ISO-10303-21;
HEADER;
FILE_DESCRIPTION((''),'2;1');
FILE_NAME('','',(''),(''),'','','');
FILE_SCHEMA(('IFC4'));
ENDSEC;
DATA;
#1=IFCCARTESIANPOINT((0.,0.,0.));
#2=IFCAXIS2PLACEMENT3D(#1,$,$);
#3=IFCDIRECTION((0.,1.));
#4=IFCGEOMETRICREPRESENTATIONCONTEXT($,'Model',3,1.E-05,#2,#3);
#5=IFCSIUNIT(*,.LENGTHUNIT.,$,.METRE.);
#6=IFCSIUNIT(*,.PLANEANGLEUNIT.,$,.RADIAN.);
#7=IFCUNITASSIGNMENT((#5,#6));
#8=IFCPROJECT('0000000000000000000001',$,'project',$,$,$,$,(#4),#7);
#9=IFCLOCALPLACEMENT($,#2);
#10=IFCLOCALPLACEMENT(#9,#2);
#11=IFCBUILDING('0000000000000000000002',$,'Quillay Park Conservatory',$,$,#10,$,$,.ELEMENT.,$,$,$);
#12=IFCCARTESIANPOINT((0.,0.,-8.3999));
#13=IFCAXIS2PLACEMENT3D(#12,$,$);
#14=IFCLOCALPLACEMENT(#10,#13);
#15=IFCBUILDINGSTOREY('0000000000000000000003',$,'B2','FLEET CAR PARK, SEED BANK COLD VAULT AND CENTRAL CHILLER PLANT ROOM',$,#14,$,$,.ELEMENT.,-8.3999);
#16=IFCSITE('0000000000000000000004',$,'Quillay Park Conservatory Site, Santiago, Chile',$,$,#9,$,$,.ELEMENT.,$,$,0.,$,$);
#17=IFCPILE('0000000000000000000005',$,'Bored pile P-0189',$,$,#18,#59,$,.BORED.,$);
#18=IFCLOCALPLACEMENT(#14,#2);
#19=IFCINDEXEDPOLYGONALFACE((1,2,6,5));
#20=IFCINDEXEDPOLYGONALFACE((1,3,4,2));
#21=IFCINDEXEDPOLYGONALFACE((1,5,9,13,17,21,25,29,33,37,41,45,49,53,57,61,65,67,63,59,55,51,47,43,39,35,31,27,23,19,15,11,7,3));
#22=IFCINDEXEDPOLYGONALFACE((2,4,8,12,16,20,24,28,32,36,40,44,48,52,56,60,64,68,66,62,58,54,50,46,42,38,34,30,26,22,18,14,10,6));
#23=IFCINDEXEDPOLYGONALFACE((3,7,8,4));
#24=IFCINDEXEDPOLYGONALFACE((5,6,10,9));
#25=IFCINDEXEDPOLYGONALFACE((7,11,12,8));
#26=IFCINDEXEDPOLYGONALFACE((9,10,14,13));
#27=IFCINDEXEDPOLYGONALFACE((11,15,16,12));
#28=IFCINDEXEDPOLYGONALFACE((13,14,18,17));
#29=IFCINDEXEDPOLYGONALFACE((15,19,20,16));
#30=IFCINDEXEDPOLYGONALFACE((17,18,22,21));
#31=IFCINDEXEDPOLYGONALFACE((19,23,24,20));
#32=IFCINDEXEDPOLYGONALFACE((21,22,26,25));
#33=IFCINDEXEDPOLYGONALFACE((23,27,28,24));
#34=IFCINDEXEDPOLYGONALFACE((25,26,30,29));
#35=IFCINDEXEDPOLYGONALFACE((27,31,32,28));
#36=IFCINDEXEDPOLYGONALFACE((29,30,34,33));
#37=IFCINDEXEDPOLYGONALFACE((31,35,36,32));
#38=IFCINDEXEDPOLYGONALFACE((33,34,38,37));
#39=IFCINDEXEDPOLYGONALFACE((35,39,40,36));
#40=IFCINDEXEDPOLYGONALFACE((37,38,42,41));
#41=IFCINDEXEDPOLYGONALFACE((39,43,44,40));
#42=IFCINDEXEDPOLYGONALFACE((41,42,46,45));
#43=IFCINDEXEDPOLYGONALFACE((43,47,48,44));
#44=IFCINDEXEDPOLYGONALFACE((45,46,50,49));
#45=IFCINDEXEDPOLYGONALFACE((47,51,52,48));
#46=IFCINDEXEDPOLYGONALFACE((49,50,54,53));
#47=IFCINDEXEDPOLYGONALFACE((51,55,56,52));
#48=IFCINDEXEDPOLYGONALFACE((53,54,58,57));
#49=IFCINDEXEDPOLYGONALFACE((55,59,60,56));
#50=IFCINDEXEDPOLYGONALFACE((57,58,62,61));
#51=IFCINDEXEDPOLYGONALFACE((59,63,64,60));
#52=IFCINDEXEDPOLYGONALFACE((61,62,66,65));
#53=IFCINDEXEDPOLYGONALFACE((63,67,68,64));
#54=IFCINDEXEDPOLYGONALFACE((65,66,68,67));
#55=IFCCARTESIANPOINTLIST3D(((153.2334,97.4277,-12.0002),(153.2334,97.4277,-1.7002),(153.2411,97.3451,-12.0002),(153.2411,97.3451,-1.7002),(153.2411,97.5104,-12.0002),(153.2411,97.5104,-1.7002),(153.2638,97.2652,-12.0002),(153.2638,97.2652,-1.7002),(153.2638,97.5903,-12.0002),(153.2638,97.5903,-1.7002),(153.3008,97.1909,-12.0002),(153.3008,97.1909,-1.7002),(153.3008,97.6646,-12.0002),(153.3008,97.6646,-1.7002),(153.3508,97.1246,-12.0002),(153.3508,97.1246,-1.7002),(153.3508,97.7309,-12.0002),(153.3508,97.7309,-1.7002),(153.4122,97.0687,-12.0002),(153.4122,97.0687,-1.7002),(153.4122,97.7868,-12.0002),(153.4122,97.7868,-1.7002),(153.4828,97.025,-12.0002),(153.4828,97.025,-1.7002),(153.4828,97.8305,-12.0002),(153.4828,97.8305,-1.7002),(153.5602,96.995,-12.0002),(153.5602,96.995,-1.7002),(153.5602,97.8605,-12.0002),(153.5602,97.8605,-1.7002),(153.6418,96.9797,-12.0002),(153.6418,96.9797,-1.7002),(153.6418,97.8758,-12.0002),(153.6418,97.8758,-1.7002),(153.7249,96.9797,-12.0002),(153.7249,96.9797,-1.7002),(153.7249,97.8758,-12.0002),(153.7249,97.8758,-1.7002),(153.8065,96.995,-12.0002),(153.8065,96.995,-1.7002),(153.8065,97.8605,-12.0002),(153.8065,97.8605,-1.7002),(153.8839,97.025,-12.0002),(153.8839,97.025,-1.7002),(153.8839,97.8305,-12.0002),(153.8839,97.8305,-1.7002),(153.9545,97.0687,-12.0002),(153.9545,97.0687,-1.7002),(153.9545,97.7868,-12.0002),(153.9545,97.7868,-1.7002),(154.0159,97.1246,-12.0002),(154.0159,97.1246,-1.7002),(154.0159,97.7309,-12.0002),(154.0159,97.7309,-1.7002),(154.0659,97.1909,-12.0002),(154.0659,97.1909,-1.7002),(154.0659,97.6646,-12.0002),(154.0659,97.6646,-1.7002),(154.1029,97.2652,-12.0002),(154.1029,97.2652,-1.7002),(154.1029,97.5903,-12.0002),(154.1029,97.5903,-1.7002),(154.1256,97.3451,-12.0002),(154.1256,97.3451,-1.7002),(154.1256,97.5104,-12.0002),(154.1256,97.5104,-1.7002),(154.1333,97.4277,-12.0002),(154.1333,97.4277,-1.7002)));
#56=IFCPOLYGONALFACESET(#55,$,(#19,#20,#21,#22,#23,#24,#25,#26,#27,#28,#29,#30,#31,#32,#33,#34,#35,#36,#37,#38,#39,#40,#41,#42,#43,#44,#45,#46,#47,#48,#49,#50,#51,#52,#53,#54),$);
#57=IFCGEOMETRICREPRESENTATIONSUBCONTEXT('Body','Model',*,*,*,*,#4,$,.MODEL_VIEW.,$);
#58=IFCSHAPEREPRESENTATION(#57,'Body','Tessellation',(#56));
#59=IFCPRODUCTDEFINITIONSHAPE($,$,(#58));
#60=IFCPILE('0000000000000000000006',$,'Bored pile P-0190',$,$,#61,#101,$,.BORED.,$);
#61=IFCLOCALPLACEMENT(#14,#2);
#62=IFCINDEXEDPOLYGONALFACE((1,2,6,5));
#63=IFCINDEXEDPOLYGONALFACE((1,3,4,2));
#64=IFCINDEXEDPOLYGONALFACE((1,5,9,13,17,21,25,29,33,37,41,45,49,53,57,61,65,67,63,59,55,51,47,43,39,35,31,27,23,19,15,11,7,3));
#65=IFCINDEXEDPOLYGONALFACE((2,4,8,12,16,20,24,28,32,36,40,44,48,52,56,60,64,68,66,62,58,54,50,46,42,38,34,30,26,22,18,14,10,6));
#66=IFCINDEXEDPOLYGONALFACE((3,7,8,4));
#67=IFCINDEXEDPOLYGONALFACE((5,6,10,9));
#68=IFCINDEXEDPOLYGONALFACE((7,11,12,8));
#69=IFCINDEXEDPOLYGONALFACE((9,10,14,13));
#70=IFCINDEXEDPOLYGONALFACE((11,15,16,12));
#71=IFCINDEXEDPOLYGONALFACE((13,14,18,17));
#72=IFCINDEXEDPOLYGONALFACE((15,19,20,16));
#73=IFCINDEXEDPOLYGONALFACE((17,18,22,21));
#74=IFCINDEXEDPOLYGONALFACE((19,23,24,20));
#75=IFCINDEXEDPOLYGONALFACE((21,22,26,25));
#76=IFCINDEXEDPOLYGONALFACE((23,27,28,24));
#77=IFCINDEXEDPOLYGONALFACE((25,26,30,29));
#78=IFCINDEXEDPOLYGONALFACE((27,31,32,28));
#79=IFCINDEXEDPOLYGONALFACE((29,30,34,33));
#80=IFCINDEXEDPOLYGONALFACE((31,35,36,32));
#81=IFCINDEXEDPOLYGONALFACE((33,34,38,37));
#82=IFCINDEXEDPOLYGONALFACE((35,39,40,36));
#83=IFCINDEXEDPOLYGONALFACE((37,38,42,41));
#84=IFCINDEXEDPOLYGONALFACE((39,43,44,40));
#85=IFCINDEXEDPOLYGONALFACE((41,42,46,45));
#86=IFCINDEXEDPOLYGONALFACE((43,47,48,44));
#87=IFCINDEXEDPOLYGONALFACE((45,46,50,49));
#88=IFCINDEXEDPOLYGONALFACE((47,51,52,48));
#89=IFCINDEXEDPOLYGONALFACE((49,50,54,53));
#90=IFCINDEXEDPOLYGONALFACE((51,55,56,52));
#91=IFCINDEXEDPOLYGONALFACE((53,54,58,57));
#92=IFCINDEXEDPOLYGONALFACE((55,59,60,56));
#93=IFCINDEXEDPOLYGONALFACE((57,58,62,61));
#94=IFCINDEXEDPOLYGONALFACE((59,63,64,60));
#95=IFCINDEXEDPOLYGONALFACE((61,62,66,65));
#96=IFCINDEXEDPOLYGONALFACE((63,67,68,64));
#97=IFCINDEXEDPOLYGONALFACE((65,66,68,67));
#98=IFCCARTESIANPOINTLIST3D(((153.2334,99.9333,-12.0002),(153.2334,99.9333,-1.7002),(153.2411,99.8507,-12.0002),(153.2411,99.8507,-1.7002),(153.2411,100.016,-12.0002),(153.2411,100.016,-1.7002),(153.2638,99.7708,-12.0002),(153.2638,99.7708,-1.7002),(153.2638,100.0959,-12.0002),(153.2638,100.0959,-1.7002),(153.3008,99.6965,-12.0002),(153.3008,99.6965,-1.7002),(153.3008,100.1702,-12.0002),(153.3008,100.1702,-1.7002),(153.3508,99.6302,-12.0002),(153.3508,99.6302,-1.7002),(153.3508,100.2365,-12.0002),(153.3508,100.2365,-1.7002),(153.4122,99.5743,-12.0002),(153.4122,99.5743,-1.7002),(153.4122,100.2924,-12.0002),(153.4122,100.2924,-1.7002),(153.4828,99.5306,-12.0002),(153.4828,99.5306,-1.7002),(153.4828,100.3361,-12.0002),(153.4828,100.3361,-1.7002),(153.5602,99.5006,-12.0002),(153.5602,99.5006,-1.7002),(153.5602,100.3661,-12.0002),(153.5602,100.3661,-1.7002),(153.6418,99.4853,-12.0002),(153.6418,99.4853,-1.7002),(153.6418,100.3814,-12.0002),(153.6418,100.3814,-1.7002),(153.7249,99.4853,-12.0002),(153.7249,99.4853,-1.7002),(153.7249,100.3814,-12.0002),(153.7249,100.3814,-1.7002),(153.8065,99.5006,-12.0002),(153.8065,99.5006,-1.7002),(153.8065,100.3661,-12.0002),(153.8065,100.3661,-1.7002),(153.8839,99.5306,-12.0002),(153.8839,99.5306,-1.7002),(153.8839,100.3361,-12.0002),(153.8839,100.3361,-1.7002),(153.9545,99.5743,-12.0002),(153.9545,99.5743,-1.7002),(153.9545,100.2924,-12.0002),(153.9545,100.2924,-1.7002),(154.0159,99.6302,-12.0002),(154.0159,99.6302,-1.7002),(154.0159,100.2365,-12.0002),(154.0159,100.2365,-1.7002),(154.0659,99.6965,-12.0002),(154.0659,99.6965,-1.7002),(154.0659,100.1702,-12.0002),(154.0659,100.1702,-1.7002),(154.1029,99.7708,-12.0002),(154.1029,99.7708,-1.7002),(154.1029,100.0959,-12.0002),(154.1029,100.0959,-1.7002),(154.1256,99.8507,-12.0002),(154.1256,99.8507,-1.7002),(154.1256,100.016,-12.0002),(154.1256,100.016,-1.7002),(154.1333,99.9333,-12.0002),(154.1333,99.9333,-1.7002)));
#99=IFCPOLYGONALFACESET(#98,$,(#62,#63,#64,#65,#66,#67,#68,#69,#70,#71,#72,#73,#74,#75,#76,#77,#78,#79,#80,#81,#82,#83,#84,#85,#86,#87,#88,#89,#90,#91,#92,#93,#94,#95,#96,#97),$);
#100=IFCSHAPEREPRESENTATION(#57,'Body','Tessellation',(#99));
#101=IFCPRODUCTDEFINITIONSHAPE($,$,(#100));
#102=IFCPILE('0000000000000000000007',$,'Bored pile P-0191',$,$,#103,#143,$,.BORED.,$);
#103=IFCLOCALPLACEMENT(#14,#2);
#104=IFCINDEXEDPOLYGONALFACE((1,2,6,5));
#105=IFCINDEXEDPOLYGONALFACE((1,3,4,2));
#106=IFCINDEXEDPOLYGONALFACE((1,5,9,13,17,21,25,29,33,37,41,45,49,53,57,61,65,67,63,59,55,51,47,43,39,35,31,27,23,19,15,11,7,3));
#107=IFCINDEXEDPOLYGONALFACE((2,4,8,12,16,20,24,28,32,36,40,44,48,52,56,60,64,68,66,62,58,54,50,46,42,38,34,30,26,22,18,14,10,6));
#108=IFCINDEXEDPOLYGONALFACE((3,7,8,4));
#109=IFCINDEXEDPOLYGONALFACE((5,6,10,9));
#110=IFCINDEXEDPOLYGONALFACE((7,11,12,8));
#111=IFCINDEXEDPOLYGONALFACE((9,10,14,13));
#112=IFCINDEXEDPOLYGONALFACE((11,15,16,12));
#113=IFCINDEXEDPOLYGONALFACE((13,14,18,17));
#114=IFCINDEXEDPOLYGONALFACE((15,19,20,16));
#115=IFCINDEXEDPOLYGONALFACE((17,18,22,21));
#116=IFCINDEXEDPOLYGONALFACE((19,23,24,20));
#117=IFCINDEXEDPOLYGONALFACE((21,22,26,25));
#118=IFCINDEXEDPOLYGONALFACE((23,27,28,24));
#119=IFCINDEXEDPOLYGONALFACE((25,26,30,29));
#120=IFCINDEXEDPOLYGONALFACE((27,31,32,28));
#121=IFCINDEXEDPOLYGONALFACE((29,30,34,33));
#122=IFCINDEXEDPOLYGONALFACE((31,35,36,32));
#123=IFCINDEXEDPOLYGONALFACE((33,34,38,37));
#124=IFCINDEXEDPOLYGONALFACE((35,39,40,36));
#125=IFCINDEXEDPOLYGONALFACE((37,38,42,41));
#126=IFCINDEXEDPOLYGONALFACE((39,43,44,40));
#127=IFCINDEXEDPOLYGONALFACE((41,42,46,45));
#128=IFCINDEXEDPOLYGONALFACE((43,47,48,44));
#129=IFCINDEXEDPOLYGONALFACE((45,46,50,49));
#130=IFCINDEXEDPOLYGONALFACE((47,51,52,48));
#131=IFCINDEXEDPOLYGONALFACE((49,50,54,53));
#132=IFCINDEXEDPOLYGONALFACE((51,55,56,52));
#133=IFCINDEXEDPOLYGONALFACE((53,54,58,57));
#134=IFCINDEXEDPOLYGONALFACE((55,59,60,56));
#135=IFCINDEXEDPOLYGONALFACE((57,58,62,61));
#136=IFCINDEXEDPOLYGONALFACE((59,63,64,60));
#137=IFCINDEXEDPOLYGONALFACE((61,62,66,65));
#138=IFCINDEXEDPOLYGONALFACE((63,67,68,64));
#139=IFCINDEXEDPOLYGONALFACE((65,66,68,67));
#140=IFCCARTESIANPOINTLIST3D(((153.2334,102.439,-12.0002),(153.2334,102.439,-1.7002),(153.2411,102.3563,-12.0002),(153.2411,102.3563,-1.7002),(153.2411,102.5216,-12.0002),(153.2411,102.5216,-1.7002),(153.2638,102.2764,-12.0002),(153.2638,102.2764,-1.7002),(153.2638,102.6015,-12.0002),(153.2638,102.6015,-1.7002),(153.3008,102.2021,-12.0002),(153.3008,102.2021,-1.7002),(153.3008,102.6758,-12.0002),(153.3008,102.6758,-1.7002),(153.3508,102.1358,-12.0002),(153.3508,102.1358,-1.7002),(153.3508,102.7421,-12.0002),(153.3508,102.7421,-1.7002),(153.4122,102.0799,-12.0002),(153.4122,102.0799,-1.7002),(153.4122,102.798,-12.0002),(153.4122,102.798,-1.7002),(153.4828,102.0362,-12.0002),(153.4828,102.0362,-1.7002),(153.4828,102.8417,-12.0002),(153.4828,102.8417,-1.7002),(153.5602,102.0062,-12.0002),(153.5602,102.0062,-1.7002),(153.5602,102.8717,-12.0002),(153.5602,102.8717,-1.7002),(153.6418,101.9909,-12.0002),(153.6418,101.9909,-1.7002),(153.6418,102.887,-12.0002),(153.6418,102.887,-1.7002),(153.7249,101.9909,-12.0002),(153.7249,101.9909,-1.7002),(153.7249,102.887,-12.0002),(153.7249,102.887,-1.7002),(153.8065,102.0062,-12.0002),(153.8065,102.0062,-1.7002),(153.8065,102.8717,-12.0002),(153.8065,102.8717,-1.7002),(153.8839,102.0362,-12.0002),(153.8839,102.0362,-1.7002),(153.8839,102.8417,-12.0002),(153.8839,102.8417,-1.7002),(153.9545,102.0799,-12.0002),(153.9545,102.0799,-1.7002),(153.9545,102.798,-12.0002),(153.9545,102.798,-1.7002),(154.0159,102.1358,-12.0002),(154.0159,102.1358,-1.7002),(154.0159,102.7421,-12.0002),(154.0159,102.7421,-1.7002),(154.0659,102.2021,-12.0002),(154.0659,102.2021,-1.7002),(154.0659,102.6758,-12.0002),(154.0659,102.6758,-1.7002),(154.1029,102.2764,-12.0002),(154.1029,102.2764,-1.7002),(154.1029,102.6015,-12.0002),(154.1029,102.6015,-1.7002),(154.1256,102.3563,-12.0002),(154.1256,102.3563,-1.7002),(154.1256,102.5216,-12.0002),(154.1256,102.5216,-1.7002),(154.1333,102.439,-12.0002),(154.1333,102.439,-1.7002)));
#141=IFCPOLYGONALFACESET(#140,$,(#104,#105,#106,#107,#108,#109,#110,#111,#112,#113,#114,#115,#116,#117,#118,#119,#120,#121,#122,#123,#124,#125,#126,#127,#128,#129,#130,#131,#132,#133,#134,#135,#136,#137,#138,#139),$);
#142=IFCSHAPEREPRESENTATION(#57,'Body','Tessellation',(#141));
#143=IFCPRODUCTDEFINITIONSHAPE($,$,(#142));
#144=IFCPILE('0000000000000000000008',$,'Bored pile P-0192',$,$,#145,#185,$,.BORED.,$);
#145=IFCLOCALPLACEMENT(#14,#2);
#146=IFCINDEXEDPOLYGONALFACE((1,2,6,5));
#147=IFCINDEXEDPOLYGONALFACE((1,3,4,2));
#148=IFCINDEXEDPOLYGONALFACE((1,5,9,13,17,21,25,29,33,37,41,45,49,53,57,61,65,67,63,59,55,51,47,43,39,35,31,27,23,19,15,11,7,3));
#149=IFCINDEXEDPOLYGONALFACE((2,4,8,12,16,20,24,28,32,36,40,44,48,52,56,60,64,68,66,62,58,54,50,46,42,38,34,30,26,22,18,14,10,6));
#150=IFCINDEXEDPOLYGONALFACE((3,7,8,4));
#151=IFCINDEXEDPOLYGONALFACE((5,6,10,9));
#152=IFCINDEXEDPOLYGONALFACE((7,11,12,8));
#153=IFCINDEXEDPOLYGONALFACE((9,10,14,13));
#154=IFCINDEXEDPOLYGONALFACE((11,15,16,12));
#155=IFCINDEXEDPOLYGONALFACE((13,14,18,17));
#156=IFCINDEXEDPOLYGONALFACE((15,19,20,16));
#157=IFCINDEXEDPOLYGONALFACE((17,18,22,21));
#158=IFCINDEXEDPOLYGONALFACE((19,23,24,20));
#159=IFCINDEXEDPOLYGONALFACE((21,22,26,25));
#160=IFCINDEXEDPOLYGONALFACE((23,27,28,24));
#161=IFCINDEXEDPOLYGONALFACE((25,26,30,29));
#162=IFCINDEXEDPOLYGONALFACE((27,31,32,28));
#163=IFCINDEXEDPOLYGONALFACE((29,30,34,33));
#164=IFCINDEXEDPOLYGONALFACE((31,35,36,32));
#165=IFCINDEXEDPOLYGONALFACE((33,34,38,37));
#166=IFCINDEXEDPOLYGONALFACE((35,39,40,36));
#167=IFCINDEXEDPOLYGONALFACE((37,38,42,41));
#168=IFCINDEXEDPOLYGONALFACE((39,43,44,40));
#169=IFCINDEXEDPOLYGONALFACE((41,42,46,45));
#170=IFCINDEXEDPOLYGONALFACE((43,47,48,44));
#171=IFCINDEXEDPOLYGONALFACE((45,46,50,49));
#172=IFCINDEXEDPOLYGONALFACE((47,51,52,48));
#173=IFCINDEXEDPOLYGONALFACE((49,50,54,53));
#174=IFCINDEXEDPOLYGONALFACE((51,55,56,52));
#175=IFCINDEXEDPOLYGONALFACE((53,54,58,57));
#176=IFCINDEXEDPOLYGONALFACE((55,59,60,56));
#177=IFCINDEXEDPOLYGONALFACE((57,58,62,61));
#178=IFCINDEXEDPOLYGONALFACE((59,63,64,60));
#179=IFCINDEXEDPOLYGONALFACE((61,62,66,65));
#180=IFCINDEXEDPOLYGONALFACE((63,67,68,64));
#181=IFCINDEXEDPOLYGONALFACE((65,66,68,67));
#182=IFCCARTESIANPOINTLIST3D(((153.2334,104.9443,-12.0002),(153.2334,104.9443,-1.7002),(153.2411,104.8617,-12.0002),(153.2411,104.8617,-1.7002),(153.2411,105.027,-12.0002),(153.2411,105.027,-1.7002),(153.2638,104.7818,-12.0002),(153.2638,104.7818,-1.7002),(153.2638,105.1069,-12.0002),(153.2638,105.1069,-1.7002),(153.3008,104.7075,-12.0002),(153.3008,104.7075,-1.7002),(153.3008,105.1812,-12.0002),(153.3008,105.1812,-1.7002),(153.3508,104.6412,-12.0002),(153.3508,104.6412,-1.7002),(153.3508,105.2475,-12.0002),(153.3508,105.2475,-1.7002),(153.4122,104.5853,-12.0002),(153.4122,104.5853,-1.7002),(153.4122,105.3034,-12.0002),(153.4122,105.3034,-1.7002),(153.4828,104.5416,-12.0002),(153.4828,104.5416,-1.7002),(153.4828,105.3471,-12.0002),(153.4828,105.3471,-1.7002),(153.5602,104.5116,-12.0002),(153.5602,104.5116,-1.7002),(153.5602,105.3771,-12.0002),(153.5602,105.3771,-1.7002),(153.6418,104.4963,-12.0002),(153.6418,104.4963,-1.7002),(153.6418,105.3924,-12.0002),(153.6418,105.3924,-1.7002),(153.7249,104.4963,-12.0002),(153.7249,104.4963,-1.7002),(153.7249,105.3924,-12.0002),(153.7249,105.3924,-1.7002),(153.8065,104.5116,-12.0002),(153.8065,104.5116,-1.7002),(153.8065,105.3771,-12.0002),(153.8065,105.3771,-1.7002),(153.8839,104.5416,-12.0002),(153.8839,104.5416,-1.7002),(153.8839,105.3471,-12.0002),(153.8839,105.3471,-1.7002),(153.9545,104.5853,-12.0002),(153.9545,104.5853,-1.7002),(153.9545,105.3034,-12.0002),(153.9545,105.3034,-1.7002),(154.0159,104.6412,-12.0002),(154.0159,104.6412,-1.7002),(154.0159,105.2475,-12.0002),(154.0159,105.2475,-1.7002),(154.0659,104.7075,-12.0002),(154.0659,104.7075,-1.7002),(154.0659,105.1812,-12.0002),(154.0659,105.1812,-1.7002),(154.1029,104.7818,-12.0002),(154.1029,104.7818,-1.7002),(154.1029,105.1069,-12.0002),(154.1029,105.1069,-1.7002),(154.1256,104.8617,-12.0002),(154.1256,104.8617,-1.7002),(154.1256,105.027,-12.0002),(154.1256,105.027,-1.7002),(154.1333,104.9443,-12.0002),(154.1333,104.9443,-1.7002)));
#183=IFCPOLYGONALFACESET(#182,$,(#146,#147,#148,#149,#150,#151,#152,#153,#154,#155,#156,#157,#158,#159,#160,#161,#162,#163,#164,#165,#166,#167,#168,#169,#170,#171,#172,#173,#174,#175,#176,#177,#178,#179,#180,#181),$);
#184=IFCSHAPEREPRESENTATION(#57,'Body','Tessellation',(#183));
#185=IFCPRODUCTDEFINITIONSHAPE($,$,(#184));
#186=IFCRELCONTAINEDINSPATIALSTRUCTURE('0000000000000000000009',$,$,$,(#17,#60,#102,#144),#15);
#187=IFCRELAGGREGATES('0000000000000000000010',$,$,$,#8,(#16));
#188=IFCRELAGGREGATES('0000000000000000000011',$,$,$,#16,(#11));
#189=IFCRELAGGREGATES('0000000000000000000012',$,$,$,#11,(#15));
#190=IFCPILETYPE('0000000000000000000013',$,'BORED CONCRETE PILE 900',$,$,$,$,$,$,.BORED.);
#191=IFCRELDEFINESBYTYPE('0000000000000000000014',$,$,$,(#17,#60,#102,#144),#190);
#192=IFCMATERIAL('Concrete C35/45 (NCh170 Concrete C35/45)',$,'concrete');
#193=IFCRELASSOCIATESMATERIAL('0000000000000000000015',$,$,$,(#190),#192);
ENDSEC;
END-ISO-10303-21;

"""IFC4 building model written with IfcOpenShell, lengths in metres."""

from ifc_helpers import new_model, si_unit, direction, frame, origin, origin_2d, place, context, subcontext, project, spatial, circle, extrude, material, material_profile, profile_set, type_object, element, save


model = new_model("IFC4")

# Units and contexts
model_context = context("Model", 3, precision=1e-05, world=origin(), true_north=direction((0.0, 1.0)))
body_context = subcontext(model_context, "Body", "Model", "MODEL_VIEW")
ifc_project = project(units=[si_unit("LENGTHUNIT", "METRE"), si_unit("PLANEANGLEUNIT", "RADIAN")], contexts=[model_context])

# Site, building, storey
site_placement = place(None, origin())
site = spatial("IfcSite", under=ifc_project, at=site_placement, Name="Quillay Park Conservatory Site, Santiago, Chile", CompositionType="ELEMENT", RefElevation=0.0)
building_placement = place(site_placement, origin())
building = spatial("IfcBuilding", under=site, at=building_placement, Name="Quillay Park Conservatory", CompositionType="ELEMENT")
storey_placement = place(building_placement, frame((0.0, 0.0, -8.3999)))
storey = spatial("IfcBuildingStorey", under=building, at=storey_placement, Name="B2", Description="FLEET CAR PARK, SEED BANK COLD VAULT AND CENTRAL CHILLER PLANT ROOM", CompositionType="ELEMENT", Elevation=-8.3999)

# Piles
ifc_material_1 = material(Name="Concrete C35/45 (NCh170 Concrete C35/45)", Category="concrete")
ifc_material_profile_1 = material_profile(ifc_material_1, circle(Radius=0.45, at=origin_2d()), Name="PILE900")
ifc_profile_set_1 = profile_set([ifc_material_profile_1], Name="Concrete C35/45 (NCh170 Concrete C35/45)")
pile_type = type_object("IfcPileType", Name="BORED CONCRETE PILE 900", PredefinedType="BORED", material=ifc_profile_set_1)
for number, where, z_axis, x_axis, name in (
    (1, (153.6833, 97.4277, -1.7002), (0.0, 0.0, -1.0), (1.0, 0.0, 0.0), "Bored pile P-0189"),
    (2, (153.6833, 99.9333, -1.7002), (0.0, 0.0, -1.0), (1.0, 0.0, 0.0), "Bored pile P-0190"),
    (3, (153.6833, 102.439, -1.7002), (0.0, 0.0, -1.0), (1.0, 0.0, 0.0), "Bored pile P-0191"),
    (4, (153.6833, 104.9443, -1.7002), (0.0, 0.0, -1.0), (1.0, 0.0, 0.0), "Bored pile P-0192"),
):
    element("IfcPile", number, at=place(storey_placement, frame(where, z_axis=z_axis, x_axis=x_axis)), inside=storey, type_object=pile_type, Name=name, PredefinedType="BORED", context=body_context, shape_type="SweptSolid", body=[
        extrude(circle(Radius=0.45, at=origin_2d()), origin(), (0.0, 0.0, 1.0), 10.3),
    ])

save(model, "model.ifc")
